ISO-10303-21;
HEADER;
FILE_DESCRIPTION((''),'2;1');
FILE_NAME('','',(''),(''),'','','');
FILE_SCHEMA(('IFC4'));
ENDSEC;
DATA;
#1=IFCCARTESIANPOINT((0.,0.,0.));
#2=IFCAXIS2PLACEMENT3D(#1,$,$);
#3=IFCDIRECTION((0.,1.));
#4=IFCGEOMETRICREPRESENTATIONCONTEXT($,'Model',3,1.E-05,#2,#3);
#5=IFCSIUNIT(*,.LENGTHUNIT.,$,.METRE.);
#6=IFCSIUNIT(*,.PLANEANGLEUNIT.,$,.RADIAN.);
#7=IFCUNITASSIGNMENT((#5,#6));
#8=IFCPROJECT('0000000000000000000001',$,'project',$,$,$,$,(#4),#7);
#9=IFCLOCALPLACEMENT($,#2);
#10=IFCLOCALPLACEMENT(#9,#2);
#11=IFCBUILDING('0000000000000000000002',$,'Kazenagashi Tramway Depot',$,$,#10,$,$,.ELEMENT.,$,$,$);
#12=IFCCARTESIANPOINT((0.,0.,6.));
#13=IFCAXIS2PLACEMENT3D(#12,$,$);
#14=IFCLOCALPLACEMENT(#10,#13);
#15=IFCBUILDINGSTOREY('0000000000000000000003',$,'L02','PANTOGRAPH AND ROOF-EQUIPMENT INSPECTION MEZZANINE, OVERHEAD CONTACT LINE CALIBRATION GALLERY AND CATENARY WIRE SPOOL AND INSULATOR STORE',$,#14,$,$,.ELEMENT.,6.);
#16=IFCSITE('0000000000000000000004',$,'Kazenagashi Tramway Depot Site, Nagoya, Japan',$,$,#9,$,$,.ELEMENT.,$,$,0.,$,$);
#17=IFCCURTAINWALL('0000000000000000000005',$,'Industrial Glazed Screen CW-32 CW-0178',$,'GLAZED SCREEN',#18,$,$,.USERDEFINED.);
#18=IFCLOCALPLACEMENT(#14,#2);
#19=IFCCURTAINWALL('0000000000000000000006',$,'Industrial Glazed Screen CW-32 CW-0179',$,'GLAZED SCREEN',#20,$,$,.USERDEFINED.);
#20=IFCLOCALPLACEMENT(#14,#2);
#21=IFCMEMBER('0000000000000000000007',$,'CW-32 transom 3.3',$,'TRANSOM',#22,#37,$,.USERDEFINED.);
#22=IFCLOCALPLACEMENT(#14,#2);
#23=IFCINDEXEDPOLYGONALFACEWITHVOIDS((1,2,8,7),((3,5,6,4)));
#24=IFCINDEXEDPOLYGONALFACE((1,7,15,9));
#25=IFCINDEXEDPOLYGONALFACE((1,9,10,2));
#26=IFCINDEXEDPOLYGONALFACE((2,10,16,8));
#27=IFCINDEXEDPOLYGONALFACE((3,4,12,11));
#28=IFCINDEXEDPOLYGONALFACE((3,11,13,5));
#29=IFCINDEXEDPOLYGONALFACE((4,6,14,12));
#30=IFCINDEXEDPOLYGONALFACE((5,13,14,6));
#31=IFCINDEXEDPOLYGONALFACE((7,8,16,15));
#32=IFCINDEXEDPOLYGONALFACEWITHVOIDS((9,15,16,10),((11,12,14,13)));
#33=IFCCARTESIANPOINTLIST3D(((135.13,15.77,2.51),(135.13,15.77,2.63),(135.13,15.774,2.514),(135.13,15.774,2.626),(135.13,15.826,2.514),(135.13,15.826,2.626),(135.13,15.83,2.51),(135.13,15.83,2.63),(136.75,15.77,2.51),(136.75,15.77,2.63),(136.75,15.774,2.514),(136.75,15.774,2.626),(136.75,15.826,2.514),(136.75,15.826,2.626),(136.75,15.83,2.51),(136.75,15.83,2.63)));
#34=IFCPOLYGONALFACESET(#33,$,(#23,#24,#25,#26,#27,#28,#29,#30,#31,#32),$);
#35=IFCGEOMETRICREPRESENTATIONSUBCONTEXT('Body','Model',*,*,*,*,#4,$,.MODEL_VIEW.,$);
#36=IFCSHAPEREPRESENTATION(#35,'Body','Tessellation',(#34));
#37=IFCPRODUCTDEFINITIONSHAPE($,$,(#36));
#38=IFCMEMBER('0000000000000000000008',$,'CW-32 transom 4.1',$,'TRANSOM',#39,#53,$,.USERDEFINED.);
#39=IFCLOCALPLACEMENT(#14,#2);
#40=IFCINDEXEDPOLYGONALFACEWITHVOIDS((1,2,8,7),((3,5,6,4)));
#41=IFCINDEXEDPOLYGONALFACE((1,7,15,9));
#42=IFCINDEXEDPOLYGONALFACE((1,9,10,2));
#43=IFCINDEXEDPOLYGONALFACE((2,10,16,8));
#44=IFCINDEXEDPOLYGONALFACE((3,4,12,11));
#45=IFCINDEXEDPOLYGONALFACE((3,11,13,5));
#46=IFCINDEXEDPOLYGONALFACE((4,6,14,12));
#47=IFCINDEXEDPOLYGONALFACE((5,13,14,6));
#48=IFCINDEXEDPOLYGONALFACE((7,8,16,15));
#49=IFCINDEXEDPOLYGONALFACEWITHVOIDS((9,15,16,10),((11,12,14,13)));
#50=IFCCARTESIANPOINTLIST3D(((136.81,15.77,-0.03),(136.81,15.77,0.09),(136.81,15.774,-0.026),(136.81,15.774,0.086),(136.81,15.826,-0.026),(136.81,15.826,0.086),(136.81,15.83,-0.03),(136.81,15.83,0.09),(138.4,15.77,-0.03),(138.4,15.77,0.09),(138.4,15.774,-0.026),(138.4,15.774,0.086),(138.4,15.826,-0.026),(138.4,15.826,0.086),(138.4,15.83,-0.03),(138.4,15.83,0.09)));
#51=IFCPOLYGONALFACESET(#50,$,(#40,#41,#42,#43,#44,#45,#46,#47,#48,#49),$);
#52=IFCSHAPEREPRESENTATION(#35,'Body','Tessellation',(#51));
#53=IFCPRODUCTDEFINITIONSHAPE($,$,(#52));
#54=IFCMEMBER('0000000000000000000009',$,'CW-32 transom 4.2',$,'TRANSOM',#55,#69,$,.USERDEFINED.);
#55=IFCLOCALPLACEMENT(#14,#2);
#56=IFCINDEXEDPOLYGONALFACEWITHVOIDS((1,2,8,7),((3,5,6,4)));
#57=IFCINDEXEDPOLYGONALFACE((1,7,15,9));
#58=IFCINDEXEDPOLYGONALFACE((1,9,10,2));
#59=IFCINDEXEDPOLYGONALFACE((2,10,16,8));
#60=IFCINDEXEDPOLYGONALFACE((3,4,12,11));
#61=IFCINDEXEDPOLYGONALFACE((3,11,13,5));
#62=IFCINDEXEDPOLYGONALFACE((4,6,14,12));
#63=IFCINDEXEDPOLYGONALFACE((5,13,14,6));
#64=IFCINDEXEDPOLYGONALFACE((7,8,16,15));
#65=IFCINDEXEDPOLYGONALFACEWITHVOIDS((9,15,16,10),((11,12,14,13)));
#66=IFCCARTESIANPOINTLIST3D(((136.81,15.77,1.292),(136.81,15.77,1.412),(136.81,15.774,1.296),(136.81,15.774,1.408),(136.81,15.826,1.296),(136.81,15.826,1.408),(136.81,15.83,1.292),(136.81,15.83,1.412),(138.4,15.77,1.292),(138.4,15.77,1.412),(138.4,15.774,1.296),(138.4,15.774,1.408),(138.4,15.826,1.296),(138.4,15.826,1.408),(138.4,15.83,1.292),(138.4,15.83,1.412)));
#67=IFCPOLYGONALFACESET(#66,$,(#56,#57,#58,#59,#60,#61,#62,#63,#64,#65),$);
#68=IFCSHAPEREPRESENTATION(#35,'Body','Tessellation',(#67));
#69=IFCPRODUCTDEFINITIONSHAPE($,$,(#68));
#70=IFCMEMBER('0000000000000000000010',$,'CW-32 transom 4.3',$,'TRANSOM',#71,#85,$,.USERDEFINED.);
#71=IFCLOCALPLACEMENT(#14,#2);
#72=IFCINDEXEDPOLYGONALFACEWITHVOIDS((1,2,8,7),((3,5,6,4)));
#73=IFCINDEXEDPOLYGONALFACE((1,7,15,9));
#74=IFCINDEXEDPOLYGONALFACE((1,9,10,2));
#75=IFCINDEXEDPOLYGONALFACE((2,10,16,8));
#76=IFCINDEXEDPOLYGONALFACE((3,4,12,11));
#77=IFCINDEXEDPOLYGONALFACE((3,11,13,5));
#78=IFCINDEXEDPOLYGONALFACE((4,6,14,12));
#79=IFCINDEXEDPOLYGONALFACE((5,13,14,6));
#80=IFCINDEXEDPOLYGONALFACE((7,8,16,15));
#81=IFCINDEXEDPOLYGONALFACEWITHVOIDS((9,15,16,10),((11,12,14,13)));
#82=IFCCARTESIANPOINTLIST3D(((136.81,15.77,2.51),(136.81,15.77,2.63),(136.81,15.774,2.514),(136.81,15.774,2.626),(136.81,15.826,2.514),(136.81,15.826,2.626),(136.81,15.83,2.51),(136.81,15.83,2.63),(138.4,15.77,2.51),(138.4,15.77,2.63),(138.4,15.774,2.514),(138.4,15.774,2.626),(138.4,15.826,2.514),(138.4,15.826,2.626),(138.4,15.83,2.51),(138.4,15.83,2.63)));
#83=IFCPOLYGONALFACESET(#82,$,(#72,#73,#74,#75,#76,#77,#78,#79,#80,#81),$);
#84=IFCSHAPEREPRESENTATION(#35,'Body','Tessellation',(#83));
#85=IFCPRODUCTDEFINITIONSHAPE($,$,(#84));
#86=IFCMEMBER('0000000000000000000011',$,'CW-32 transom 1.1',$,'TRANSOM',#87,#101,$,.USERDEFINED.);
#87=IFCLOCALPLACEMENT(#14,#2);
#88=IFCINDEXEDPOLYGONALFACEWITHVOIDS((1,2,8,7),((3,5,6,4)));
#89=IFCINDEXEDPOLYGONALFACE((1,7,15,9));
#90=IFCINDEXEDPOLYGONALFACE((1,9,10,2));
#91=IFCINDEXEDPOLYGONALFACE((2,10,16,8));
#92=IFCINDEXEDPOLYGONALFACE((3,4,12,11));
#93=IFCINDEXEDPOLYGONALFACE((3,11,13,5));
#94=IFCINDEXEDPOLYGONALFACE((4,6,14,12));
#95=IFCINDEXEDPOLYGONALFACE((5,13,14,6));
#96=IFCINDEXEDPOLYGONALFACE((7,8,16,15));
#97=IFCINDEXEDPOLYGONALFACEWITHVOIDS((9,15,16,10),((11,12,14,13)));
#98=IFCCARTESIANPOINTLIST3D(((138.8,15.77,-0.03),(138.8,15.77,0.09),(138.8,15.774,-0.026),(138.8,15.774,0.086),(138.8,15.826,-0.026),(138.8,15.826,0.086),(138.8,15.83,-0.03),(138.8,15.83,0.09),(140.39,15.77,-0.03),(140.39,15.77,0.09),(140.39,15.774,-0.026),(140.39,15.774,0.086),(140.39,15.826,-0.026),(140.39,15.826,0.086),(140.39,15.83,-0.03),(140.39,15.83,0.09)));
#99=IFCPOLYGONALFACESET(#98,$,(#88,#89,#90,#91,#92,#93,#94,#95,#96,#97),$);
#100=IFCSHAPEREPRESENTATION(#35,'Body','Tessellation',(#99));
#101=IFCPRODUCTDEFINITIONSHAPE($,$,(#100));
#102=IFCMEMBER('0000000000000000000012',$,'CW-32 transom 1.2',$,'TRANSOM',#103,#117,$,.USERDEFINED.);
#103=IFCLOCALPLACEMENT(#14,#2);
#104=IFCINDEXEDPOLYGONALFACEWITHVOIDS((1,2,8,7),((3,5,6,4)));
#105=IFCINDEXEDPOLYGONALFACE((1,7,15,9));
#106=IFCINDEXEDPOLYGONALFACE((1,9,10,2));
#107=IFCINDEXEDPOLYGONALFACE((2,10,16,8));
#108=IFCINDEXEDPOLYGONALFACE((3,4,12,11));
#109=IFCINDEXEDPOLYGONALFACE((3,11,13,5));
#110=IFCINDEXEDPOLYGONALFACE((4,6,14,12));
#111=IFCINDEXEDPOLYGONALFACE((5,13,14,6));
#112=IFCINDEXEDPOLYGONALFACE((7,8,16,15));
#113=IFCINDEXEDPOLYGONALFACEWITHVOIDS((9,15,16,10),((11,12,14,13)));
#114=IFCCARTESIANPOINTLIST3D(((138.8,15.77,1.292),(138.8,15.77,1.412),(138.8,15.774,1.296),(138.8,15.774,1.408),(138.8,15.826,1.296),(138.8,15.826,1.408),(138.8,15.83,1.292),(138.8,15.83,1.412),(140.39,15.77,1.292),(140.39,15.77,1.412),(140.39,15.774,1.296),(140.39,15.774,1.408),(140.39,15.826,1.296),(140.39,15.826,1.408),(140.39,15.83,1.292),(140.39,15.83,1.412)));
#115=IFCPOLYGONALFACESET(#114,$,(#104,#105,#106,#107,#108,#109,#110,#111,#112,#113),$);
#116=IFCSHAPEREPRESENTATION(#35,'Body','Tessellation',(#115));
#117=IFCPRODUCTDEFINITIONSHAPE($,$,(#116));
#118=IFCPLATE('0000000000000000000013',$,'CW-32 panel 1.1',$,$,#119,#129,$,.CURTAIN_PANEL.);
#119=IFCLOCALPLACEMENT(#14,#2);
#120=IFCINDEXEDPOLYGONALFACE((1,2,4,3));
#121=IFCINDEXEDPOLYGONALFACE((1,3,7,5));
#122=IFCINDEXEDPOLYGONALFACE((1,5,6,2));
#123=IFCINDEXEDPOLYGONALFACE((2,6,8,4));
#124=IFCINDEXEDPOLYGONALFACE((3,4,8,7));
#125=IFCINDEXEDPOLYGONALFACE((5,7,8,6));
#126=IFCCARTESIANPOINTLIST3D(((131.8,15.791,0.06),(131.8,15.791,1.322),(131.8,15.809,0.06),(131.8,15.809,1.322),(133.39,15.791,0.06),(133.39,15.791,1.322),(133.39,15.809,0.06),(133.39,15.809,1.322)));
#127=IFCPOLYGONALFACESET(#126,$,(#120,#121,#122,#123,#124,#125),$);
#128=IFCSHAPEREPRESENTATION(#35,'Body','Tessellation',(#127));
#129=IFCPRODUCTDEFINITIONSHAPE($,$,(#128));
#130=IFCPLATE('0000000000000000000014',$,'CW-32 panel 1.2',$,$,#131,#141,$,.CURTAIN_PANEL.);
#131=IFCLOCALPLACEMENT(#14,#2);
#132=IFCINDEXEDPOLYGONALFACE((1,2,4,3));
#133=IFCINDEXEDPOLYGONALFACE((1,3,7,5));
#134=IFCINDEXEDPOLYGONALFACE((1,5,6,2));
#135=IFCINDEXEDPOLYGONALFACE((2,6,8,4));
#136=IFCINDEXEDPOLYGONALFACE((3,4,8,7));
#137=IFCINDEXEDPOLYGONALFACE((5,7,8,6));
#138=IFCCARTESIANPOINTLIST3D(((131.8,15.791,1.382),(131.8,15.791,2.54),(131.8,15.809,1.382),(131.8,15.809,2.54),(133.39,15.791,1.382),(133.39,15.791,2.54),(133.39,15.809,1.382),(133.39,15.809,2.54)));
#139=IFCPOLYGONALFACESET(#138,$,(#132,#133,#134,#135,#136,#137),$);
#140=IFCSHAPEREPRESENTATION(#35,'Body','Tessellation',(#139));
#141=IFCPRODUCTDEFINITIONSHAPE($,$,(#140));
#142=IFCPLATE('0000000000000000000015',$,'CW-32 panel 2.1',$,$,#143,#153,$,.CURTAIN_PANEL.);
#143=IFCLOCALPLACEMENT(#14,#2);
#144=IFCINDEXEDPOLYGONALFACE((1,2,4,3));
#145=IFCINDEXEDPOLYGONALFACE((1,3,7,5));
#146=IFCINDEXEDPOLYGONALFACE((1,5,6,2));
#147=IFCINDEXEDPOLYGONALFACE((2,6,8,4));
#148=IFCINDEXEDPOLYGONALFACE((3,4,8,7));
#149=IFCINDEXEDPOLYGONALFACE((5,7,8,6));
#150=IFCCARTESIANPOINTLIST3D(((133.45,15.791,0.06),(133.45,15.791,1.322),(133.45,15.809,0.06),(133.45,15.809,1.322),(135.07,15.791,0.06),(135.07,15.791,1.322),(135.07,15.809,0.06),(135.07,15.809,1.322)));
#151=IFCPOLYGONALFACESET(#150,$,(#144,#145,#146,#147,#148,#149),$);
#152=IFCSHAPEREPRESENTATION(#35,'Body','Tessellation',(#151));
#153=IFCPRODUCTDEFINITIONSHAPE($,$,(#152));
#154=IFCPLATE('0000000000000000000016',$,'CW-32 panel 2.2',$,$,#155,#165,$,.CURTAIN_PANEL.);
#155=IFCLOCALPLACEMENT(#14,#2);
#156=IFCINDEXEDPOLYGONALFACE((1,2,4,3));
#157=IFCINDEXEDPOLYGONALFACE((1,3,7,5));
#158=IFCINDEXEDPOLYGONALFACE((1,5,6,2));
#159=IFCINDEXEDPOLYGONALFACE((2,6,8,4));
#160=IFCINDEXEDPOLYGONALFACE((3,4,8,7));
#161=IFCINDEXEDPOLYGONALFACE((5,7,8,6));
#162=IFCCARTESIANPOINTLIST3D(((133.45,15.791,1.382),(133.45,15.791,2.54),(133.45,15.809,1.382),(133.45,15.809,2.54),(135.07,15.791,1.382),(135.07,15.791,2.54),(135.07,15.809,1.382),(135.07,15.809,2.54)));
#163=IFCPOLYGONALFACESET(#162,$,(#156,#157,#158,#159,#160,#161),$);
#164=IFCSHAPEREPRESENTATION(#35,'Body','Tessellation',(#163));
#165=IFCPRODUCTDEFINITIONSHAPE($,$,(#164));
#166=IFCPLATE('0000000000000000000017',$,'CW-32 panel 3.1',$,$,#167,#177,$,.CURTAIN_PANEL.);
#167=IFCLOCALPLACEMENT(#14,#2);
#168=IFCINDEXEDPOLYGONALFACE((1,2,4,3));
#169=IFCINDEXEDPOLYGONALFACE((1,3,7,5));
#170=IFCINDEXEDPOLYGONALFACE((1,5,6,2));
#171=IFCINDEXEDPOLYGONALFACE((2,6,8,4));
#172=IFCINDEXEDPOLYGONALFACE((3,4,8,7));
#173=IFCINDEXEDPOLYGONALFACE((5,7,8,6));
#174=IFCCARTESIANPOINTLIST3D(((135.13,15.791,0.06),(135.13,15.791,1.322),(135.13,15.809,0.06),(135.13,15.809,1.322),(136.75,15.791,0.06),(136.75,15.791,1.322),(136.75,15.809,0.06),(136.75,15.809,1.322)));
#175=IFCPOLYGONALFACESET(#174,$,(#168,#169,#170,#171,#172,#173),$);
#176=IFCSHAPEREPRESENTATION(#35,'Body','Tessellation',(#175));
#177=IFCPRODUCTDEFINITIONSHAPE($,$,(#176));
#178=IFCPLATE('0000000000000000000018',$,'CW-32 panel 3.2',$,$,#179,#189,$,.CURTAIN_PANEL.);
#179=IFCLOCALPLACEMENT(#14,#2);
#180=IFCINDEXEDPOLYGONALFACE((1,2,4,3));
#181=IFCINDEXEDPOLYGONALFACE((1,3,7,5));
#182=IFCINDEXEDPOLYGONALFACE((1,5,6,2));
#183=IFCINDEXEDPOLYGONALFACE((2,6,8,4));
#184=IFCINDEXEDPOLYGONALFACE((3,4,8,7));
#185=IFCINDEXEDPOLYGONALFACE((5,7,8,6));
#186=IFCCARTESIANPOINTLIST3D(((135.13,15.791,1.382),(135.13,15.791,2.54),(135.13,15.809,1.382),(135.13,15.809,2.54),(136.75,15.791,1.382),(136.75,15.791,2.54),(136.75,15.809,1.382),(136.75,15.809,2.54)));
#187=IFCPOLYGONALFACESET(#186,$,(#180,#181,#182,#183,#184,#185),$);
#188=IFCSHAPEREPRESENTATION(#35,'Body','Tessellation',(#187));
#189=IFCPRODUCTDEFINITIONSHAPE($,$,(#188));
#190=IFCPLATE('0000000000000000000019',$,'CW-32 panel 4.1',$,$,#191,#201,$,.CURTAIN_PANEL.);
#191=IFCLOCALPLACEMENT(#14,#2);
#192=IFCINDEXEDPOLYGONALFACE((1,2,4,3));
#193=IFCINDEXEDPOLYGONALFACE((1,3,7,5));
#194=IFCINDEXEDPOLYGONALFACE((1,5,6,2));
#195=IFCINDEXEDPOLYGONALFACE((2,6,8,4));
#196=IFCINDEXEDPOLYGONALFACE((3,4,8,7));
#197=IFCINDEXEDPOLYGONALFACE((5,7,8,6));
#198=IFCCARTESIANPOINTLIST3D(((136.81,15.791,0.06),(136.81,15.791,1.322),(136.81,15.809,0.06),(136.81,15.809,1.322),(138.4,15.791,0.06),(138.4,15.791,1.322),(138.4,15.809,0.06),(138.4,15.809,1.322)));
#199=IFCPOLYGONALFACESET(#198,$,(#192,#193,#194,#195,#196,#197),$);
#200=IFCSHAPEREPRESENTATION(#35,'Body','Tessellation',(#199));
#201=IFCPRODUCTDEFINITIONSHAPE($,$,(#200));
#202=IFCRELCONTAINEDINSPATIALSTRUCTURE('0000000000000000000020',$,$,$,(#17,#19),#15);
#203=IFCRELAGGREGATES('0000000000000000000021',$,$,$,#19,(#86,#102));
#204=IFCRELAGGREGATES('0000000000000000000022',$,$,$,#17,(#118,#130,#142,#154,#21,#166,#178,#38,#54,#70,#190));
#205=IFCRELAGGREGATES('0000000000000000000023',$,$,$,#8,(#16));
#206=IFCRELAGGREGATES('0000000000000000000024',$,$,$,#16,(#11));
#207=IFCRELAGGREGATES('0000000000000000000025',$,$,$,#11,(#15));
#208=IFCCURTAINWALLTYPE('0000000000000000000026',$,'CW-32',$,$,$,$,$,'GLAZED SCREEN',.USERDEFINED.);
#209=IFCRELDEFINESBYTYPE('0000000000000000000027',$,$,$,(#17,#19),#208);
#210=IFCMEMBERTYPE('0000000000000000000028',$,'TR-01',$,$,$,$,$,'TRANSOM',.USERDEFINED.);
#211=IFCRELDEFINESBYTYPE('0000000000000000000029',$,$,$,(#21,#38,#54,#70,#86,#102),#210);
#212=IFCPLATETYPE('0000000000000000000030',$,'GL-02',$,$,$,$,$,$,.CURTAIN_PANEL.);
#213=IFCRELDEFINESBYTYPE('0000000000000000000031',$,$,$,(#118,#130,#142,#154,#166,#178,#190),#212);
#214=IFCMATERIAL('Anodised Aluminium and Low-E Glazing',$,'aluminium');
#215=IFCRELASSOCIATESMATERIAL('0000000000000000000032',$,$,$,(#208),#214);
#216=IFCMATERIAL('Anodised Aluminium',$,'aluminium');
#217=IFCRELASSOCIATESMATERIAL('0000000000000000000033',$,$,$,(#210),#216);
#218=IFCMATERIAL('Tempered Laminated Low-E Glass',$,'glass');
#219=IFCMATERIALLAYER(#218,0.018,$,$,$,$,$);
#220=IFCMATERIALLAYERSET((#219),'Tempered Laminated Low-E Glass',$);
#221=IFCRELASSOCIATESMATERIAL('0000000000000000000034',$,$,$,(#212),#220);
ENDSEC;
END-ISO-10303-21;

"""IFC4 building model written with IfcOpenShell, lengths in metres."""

from ifc_helpers import new_model, si_unit, direction, frame, origin, origin_2d, place, context, subcontext, project, spatial, rectangle, hollow_rectangle, extrude, material, layer, layer_set, material_profile, profile_set, type_object, element, aggregate, save


model = new_model("IFC4")

# Units and contexts
model_context = context("Model", 3, precision=1e-05, world=origin(), true_north=direction((0.0, 1.0)))
body_context = subcontext(model_context, "Body", "Model", "MODEL_VIEW")
ifc_project = project(units=[si_unit("LENGTHUNIT", "METRE"), si_unit("PLANEANGLEUNIT", "RADIAN")], contexts=[model_context])

# Site, building, storey
site_placement = place(None, origin())
site = spatial("IfcSite", under=ifc_project, at=site_placement, Name="Kazenagashi Tramway Depot Site, Nagoya, Japan", CompositionType="ELEMENT", RefElevation=0.0)
building_placement = place(site_placement, origin())
building = spatial("IfcBuilding", under=site, at=building_placement, Name="Kazenagashi Tramway Depot", CompositionType="ELEMENT")
storey_placement = place(building_placement, frame((0.0, 0.0, 6.0)))
storey = spatial("IfcBuildingStorey", under=building, at=storey_placement, Name="L02", Description="PANTOGRAPH AND ROOF-EQUIPMENT INSPECTION MEZZANINE, OVERHEAD CONTACT LINE CALIBRATION GALLERY AND CATENARY WIRE SPOOL AND INSULATOR STORE", CompositionType="ELEMENT", Elevation=6.0)

# Curtain wall
ifc_material_1 = material(Name="Anodised Aluminium and Low-E Glazing", Category="aluminium")
curtain_wall_type = type_object("IfcCurtainWallType", Name="CW-32", ElementType="GLAZED SCREEN", PredefinedType="USERDEFINED", material=ifc_material_1)
curtain_wall_1_placement = place(storey_placement, origin())
curtain_wall_1 = element("IfcCurtainWall", 1, at=curtain_wall_1_placement, inside=storey, type_object=curtain_wall_type, Name="Industrial Glazed Screen CW-32 CW-0178", ObjectType="GLAZED SCREEN", PredefinedType="USERDEFINED")
ifc_material_2 = material(Name="Anodised Aluminium", Category="aluminium")

# Curtain wall
curtain_wall_2_placement = place(storey_placement, origin())
curtain_wall_2 = element("IfcCurtainWall", 2, at=curtain_wall_2_placement, inside=storey, type_object=curtain_wall_type, Name="Industrial Glazed Screen CW-32 CW-0179", ObjectType="GLAZED SCREEN", PredefinedType="USERDEFINED")

# Members
ifc_material_profile_1 = material_profile(ifc_material_2, hollow_rectangle(XDim=0.06, YDim=0.12, WallThickness=0.004, at=origin_2d()), Name="RHS-120x60x4")
ifc_profile_set_1 = profile_set([ifc_material_profile_1], Name="Anodised Aluminium")
member_type_1 = type_object("IfcMemberType", Name="TR-01", ElementType="TRANSOM", PredefinedType="USERDEFINED", material=ifc_profile_set_1)
member_1_placement = place(storey_placement, frame((135.13, 15.8, 2.57), z_axis=(1.0, 0.0, 0.0), x_axis=(0.0, 1.0, 0.0)))
member_1 = element("IfcMember", 3, at=member_1_placement, type_object=member_type_1, Name="CW-32 transom 3.3", ObjectType="TRANSOM", PredefinedType="USERDEFINED", context=body_context, shape_type="SweptSolid", body=[
    extrude(hollow_rectangle(XDim=0.06, YDim=0.12, WallThickness=0.004, at=origin_2d()), origin(), (0.0, 0.0, 1.0), 1.62),
])
member_2_placement = place(storey_placement, frame((136.81, 15.8, 0.03), z_axis=(1.0, 0.0, 0.0), x_axis=(0.0, 1.0, 0.0)))
member_2 = element("IfcMember", 4, at=member_2_placement, type_object=member_type_1, Name="CW-32 transom 4.1", ObjectType="TRANSOM", PredefinedType="USERDEFINED", context=body_context, shape_type="SweptSolid", body=[
    extrude(hollow_rectangle(XDim=0.06, YDim=0.12, WallThickness=0.004, at=origin_2d()), origin(), (0.0, 0.0, 1.0), 1.59),
])
member_3_placement = place(storey_placement, frame((136.81, 15.8, 1.352), z_axis=(1.0, 0.0, 0.0), x_axis=(0.0, 1.0, 0.0)))
member_3 = element("IfcMember", 5, at=member_3_placement, type_object=member_type_1, Name="CW-32 transom 4.2", ObjectType="TRANSOM", PredefinedType="USERDEFINED", context=body_context, shape_type="SweptSolid", body=[
    extrude(hollow_rectangle(XDim=0.06, YDim=0.12, WallThickness=0.004, at=origin_2d()), origin(), (0.0, 0.0, 1.0), 1.59),
])
member_4_placement = place(storey_placement, frame((136.81, 15.8, 2.57), z_axis=(1.0, 0.0, 0.0), x_axis=(0.0, 1.0, 0.0)))
member_4 = element("IfcMember", 6, at=member_4_placement, type_object=member_type_1, Name="CW-32 transom 4.3", ObjectType="TRANSOM", PredefinedType="USERDEFINED", context=body_context, shape_type="SweptSolid", body=[
    extrude(hollow_rectangle(XDim=0.06, YDim=0.12, WallThickness=0.004, at=origin_2d()), origin(), (0.0, 0.0, 1.0), 1.59),
])
member_5_placement = place(storey_placement, frame((138.8, 15.8, 0.03), z_axis=(1.0, 0.0, 0.0), x_axis=(0.0, 1.0, 0.0)))
member_5 = element("IfcMember", 7, at=member_5_placement, type_object=member_type_1, Name="CW-32 transom 1.1", ObjectType="TRANSOM", PredefinedType="USERDEFINED", context=body_context, shape_type="SweptSolid", body=[
    extrude(hollow_rectangle(XDim=0.06, YDim=0.12, WallThickness=0.004, at=origin_2d()), origin(), (0.0, 0.0, 1.0), 1.59),
])
member_6_placement = place(storey_placement, frame((138.8, 15.8, 1.352), z_axis=(1.0, 0.0, 0.0), x_axis=(0.0, 1.0, 0.0)))
member_6 = element("IfcMember", 8, at=member_6_placement, type_object=member_type_1, Name="CW-32 transom 1.2", ObjectType="TRANSOM", PredefinedType="USERDEFINED", context=body_context, shape_type="SweptSolid", body=[
    extrude(hollow_rectangle(XDim=0.06, YDim=0.12, WallThickness=0.004, at=origin_2d()), origin(), (0.0, 0.0, 1.0), 1.59),
])
aggregate(curtain_wall_2, [member_5, member_6])

# Plates
ifc_material_3 = material(Name="Tempered Laminated Low-E Glass", Category="glass")
ifc_layer = layer(ifc_material_3, 0.018)
ifc_layer_set = layer_set([ifc_layer], Name="Tempered Laminated Low-E Glass")
plate_type = type_object("IfcPlateType", Name="GL-02", PredefinedType="CURTAIN_PANEL", material=ifc_layer_set)
plate_1_placement = place(storey_placement, frame((132.595, 15.8, 0.06), z_axis=(0.0, 0.0, 1.0), x_axis=(1.0, 0.0, 0.0)))
plate_1 = element("IfcPlate", 9, at=plate_1_placement, type_object=plate_type, Name="CW-32 panel 1.1", PredefinedType="CURTAIN_PANEL", context=body_context, shape_type="SweptSolid", body=[
    extrude(rectangle(XDim=1.59, YDim=0.018, at=origin_2d()), origin(), (0.0, 0.0, 1.0), 1.262),
])
plate_2_placement = place(storey_placement, frame((132.595, 15.8, 1.382), z_axis=(0.0, 0.0, 1.0), x_axis=(1.0, 0.0, 0.0)))
plate_2 = element("IfcPlate", 10, at=plate_2_placement, type_object=plate_type, Name="CW-32 panel 1.2", PredefinedType="CURTAIN_PANEL", context=body_context, shape_type="SweptSolid", body=[
    extrude(rectangle(XDim=1.59, YDim=0.018, at=origin_2d()), origin(), (0.0, 0.0, 1.0), 1.158),
])
plate_3_placement = place(storey_placement, frame((134.26, 15.8, 0.06), z_axis=(0.0, 0.0, 1.0), x_axis=(1.0, 0.0, 0.0)))
plate_3 = element("IfcPlate", 11, at=plate_3_placement, type_object=plate_type, Name="CW-32 panel 2.1", PredefinedType="CURTAIN_PANEL", context=body_context, shape_type="SweptSolid", body=[
    extrude(rectangle(XDim=1.62, YDim=0.018, at=origin_2d()), origin(), (0.0, 0.0, 1.0), 1.262),
])
plate_4_placement = place(storey_placement, frame((134.26, 15.8, 1.382), z_axis=(0.0, 0.0, 1.0), x_axis=(1.0, 0.0, 0.0)))
plate_4 = element("IfcPlate", 12, at=plate_4_placement, type_object=plate_type, Name="CW-32 panel 2.2", PredefinedType="CURTAIN_PANEL", context=body_context, shape_type="SweptSolid", body=[
    extrude(rectangle(XDim=1.62, YDim=0.018, at=origin_2d()), origin(), (0.0, 0.0, 1.0), 1.158),
])
plate_5_placement = place(storey_placement, frame((135.94, 15.8, 0.06), z_axis=(0.0, 0.0, 1.0), x_axis=(1.0, 0.0, 0.0)))
plate_5 = element("IfcPlate", 13, at=plate_5_placement, type_object=plate_type, Name="CW-32 panel 3.1", PredefinedType="CURTAIN_PANEL", context=body_context, shape_type="SweptSolid", body=[
    extrude(rectangle(XDim=1.62, YDim=0.018, at=origin_2d()), origin(), (0.0, 0.0, 1.0), 1.262),
])
plate_6_placement = place(storey_placement, frame((135.94, 15.8, 1.382), z_axis=(0.0, 0.0, 1.0), x_axis=(1.0, 0.0, 0.0)))
plate_6 = element("IfcPlate", 14, at=plate_6_placement, type_object=plate_type, Name="CW-32 panel 3.2", PredefinedType="CURTAIN_PANEL", context=body_context, shape_type="SweptSolid", body=[
    extrude(rectangle(XDim=1.62, YDim=0.018, at=origin_2d()), origin(), (0.0, 0.0, 1.0), 1.158),
])
plate_7_placement = place(storey_placement, frame((137.605, 15.8, 0.06), z_axis=(0.0, 0.0, 1.0), x_axis=(1.0, 0.0, 0.0)))
plate_7 = element("IfcPlate", 15, at=plate_7_placement, type_object=plate_type, Name="CW-32 panel 4.1", PredefinedType="CURTAIN_PANEL", context=body_context, shape_type="SweptSolid", body=[
    extrude(rectangle(XDim=1.59, YDim=0.018, at=origin_2d()), origin(), (0.0, 0.0, 1.0), 1.262),
])
aggregate(curtain_wall_1, [plate_1, plate_2, plate_3, plate_4, member_1, plate_5, plate_6, member_2, member_3, member_4, plate_7])

save(model, "model.ifc")
